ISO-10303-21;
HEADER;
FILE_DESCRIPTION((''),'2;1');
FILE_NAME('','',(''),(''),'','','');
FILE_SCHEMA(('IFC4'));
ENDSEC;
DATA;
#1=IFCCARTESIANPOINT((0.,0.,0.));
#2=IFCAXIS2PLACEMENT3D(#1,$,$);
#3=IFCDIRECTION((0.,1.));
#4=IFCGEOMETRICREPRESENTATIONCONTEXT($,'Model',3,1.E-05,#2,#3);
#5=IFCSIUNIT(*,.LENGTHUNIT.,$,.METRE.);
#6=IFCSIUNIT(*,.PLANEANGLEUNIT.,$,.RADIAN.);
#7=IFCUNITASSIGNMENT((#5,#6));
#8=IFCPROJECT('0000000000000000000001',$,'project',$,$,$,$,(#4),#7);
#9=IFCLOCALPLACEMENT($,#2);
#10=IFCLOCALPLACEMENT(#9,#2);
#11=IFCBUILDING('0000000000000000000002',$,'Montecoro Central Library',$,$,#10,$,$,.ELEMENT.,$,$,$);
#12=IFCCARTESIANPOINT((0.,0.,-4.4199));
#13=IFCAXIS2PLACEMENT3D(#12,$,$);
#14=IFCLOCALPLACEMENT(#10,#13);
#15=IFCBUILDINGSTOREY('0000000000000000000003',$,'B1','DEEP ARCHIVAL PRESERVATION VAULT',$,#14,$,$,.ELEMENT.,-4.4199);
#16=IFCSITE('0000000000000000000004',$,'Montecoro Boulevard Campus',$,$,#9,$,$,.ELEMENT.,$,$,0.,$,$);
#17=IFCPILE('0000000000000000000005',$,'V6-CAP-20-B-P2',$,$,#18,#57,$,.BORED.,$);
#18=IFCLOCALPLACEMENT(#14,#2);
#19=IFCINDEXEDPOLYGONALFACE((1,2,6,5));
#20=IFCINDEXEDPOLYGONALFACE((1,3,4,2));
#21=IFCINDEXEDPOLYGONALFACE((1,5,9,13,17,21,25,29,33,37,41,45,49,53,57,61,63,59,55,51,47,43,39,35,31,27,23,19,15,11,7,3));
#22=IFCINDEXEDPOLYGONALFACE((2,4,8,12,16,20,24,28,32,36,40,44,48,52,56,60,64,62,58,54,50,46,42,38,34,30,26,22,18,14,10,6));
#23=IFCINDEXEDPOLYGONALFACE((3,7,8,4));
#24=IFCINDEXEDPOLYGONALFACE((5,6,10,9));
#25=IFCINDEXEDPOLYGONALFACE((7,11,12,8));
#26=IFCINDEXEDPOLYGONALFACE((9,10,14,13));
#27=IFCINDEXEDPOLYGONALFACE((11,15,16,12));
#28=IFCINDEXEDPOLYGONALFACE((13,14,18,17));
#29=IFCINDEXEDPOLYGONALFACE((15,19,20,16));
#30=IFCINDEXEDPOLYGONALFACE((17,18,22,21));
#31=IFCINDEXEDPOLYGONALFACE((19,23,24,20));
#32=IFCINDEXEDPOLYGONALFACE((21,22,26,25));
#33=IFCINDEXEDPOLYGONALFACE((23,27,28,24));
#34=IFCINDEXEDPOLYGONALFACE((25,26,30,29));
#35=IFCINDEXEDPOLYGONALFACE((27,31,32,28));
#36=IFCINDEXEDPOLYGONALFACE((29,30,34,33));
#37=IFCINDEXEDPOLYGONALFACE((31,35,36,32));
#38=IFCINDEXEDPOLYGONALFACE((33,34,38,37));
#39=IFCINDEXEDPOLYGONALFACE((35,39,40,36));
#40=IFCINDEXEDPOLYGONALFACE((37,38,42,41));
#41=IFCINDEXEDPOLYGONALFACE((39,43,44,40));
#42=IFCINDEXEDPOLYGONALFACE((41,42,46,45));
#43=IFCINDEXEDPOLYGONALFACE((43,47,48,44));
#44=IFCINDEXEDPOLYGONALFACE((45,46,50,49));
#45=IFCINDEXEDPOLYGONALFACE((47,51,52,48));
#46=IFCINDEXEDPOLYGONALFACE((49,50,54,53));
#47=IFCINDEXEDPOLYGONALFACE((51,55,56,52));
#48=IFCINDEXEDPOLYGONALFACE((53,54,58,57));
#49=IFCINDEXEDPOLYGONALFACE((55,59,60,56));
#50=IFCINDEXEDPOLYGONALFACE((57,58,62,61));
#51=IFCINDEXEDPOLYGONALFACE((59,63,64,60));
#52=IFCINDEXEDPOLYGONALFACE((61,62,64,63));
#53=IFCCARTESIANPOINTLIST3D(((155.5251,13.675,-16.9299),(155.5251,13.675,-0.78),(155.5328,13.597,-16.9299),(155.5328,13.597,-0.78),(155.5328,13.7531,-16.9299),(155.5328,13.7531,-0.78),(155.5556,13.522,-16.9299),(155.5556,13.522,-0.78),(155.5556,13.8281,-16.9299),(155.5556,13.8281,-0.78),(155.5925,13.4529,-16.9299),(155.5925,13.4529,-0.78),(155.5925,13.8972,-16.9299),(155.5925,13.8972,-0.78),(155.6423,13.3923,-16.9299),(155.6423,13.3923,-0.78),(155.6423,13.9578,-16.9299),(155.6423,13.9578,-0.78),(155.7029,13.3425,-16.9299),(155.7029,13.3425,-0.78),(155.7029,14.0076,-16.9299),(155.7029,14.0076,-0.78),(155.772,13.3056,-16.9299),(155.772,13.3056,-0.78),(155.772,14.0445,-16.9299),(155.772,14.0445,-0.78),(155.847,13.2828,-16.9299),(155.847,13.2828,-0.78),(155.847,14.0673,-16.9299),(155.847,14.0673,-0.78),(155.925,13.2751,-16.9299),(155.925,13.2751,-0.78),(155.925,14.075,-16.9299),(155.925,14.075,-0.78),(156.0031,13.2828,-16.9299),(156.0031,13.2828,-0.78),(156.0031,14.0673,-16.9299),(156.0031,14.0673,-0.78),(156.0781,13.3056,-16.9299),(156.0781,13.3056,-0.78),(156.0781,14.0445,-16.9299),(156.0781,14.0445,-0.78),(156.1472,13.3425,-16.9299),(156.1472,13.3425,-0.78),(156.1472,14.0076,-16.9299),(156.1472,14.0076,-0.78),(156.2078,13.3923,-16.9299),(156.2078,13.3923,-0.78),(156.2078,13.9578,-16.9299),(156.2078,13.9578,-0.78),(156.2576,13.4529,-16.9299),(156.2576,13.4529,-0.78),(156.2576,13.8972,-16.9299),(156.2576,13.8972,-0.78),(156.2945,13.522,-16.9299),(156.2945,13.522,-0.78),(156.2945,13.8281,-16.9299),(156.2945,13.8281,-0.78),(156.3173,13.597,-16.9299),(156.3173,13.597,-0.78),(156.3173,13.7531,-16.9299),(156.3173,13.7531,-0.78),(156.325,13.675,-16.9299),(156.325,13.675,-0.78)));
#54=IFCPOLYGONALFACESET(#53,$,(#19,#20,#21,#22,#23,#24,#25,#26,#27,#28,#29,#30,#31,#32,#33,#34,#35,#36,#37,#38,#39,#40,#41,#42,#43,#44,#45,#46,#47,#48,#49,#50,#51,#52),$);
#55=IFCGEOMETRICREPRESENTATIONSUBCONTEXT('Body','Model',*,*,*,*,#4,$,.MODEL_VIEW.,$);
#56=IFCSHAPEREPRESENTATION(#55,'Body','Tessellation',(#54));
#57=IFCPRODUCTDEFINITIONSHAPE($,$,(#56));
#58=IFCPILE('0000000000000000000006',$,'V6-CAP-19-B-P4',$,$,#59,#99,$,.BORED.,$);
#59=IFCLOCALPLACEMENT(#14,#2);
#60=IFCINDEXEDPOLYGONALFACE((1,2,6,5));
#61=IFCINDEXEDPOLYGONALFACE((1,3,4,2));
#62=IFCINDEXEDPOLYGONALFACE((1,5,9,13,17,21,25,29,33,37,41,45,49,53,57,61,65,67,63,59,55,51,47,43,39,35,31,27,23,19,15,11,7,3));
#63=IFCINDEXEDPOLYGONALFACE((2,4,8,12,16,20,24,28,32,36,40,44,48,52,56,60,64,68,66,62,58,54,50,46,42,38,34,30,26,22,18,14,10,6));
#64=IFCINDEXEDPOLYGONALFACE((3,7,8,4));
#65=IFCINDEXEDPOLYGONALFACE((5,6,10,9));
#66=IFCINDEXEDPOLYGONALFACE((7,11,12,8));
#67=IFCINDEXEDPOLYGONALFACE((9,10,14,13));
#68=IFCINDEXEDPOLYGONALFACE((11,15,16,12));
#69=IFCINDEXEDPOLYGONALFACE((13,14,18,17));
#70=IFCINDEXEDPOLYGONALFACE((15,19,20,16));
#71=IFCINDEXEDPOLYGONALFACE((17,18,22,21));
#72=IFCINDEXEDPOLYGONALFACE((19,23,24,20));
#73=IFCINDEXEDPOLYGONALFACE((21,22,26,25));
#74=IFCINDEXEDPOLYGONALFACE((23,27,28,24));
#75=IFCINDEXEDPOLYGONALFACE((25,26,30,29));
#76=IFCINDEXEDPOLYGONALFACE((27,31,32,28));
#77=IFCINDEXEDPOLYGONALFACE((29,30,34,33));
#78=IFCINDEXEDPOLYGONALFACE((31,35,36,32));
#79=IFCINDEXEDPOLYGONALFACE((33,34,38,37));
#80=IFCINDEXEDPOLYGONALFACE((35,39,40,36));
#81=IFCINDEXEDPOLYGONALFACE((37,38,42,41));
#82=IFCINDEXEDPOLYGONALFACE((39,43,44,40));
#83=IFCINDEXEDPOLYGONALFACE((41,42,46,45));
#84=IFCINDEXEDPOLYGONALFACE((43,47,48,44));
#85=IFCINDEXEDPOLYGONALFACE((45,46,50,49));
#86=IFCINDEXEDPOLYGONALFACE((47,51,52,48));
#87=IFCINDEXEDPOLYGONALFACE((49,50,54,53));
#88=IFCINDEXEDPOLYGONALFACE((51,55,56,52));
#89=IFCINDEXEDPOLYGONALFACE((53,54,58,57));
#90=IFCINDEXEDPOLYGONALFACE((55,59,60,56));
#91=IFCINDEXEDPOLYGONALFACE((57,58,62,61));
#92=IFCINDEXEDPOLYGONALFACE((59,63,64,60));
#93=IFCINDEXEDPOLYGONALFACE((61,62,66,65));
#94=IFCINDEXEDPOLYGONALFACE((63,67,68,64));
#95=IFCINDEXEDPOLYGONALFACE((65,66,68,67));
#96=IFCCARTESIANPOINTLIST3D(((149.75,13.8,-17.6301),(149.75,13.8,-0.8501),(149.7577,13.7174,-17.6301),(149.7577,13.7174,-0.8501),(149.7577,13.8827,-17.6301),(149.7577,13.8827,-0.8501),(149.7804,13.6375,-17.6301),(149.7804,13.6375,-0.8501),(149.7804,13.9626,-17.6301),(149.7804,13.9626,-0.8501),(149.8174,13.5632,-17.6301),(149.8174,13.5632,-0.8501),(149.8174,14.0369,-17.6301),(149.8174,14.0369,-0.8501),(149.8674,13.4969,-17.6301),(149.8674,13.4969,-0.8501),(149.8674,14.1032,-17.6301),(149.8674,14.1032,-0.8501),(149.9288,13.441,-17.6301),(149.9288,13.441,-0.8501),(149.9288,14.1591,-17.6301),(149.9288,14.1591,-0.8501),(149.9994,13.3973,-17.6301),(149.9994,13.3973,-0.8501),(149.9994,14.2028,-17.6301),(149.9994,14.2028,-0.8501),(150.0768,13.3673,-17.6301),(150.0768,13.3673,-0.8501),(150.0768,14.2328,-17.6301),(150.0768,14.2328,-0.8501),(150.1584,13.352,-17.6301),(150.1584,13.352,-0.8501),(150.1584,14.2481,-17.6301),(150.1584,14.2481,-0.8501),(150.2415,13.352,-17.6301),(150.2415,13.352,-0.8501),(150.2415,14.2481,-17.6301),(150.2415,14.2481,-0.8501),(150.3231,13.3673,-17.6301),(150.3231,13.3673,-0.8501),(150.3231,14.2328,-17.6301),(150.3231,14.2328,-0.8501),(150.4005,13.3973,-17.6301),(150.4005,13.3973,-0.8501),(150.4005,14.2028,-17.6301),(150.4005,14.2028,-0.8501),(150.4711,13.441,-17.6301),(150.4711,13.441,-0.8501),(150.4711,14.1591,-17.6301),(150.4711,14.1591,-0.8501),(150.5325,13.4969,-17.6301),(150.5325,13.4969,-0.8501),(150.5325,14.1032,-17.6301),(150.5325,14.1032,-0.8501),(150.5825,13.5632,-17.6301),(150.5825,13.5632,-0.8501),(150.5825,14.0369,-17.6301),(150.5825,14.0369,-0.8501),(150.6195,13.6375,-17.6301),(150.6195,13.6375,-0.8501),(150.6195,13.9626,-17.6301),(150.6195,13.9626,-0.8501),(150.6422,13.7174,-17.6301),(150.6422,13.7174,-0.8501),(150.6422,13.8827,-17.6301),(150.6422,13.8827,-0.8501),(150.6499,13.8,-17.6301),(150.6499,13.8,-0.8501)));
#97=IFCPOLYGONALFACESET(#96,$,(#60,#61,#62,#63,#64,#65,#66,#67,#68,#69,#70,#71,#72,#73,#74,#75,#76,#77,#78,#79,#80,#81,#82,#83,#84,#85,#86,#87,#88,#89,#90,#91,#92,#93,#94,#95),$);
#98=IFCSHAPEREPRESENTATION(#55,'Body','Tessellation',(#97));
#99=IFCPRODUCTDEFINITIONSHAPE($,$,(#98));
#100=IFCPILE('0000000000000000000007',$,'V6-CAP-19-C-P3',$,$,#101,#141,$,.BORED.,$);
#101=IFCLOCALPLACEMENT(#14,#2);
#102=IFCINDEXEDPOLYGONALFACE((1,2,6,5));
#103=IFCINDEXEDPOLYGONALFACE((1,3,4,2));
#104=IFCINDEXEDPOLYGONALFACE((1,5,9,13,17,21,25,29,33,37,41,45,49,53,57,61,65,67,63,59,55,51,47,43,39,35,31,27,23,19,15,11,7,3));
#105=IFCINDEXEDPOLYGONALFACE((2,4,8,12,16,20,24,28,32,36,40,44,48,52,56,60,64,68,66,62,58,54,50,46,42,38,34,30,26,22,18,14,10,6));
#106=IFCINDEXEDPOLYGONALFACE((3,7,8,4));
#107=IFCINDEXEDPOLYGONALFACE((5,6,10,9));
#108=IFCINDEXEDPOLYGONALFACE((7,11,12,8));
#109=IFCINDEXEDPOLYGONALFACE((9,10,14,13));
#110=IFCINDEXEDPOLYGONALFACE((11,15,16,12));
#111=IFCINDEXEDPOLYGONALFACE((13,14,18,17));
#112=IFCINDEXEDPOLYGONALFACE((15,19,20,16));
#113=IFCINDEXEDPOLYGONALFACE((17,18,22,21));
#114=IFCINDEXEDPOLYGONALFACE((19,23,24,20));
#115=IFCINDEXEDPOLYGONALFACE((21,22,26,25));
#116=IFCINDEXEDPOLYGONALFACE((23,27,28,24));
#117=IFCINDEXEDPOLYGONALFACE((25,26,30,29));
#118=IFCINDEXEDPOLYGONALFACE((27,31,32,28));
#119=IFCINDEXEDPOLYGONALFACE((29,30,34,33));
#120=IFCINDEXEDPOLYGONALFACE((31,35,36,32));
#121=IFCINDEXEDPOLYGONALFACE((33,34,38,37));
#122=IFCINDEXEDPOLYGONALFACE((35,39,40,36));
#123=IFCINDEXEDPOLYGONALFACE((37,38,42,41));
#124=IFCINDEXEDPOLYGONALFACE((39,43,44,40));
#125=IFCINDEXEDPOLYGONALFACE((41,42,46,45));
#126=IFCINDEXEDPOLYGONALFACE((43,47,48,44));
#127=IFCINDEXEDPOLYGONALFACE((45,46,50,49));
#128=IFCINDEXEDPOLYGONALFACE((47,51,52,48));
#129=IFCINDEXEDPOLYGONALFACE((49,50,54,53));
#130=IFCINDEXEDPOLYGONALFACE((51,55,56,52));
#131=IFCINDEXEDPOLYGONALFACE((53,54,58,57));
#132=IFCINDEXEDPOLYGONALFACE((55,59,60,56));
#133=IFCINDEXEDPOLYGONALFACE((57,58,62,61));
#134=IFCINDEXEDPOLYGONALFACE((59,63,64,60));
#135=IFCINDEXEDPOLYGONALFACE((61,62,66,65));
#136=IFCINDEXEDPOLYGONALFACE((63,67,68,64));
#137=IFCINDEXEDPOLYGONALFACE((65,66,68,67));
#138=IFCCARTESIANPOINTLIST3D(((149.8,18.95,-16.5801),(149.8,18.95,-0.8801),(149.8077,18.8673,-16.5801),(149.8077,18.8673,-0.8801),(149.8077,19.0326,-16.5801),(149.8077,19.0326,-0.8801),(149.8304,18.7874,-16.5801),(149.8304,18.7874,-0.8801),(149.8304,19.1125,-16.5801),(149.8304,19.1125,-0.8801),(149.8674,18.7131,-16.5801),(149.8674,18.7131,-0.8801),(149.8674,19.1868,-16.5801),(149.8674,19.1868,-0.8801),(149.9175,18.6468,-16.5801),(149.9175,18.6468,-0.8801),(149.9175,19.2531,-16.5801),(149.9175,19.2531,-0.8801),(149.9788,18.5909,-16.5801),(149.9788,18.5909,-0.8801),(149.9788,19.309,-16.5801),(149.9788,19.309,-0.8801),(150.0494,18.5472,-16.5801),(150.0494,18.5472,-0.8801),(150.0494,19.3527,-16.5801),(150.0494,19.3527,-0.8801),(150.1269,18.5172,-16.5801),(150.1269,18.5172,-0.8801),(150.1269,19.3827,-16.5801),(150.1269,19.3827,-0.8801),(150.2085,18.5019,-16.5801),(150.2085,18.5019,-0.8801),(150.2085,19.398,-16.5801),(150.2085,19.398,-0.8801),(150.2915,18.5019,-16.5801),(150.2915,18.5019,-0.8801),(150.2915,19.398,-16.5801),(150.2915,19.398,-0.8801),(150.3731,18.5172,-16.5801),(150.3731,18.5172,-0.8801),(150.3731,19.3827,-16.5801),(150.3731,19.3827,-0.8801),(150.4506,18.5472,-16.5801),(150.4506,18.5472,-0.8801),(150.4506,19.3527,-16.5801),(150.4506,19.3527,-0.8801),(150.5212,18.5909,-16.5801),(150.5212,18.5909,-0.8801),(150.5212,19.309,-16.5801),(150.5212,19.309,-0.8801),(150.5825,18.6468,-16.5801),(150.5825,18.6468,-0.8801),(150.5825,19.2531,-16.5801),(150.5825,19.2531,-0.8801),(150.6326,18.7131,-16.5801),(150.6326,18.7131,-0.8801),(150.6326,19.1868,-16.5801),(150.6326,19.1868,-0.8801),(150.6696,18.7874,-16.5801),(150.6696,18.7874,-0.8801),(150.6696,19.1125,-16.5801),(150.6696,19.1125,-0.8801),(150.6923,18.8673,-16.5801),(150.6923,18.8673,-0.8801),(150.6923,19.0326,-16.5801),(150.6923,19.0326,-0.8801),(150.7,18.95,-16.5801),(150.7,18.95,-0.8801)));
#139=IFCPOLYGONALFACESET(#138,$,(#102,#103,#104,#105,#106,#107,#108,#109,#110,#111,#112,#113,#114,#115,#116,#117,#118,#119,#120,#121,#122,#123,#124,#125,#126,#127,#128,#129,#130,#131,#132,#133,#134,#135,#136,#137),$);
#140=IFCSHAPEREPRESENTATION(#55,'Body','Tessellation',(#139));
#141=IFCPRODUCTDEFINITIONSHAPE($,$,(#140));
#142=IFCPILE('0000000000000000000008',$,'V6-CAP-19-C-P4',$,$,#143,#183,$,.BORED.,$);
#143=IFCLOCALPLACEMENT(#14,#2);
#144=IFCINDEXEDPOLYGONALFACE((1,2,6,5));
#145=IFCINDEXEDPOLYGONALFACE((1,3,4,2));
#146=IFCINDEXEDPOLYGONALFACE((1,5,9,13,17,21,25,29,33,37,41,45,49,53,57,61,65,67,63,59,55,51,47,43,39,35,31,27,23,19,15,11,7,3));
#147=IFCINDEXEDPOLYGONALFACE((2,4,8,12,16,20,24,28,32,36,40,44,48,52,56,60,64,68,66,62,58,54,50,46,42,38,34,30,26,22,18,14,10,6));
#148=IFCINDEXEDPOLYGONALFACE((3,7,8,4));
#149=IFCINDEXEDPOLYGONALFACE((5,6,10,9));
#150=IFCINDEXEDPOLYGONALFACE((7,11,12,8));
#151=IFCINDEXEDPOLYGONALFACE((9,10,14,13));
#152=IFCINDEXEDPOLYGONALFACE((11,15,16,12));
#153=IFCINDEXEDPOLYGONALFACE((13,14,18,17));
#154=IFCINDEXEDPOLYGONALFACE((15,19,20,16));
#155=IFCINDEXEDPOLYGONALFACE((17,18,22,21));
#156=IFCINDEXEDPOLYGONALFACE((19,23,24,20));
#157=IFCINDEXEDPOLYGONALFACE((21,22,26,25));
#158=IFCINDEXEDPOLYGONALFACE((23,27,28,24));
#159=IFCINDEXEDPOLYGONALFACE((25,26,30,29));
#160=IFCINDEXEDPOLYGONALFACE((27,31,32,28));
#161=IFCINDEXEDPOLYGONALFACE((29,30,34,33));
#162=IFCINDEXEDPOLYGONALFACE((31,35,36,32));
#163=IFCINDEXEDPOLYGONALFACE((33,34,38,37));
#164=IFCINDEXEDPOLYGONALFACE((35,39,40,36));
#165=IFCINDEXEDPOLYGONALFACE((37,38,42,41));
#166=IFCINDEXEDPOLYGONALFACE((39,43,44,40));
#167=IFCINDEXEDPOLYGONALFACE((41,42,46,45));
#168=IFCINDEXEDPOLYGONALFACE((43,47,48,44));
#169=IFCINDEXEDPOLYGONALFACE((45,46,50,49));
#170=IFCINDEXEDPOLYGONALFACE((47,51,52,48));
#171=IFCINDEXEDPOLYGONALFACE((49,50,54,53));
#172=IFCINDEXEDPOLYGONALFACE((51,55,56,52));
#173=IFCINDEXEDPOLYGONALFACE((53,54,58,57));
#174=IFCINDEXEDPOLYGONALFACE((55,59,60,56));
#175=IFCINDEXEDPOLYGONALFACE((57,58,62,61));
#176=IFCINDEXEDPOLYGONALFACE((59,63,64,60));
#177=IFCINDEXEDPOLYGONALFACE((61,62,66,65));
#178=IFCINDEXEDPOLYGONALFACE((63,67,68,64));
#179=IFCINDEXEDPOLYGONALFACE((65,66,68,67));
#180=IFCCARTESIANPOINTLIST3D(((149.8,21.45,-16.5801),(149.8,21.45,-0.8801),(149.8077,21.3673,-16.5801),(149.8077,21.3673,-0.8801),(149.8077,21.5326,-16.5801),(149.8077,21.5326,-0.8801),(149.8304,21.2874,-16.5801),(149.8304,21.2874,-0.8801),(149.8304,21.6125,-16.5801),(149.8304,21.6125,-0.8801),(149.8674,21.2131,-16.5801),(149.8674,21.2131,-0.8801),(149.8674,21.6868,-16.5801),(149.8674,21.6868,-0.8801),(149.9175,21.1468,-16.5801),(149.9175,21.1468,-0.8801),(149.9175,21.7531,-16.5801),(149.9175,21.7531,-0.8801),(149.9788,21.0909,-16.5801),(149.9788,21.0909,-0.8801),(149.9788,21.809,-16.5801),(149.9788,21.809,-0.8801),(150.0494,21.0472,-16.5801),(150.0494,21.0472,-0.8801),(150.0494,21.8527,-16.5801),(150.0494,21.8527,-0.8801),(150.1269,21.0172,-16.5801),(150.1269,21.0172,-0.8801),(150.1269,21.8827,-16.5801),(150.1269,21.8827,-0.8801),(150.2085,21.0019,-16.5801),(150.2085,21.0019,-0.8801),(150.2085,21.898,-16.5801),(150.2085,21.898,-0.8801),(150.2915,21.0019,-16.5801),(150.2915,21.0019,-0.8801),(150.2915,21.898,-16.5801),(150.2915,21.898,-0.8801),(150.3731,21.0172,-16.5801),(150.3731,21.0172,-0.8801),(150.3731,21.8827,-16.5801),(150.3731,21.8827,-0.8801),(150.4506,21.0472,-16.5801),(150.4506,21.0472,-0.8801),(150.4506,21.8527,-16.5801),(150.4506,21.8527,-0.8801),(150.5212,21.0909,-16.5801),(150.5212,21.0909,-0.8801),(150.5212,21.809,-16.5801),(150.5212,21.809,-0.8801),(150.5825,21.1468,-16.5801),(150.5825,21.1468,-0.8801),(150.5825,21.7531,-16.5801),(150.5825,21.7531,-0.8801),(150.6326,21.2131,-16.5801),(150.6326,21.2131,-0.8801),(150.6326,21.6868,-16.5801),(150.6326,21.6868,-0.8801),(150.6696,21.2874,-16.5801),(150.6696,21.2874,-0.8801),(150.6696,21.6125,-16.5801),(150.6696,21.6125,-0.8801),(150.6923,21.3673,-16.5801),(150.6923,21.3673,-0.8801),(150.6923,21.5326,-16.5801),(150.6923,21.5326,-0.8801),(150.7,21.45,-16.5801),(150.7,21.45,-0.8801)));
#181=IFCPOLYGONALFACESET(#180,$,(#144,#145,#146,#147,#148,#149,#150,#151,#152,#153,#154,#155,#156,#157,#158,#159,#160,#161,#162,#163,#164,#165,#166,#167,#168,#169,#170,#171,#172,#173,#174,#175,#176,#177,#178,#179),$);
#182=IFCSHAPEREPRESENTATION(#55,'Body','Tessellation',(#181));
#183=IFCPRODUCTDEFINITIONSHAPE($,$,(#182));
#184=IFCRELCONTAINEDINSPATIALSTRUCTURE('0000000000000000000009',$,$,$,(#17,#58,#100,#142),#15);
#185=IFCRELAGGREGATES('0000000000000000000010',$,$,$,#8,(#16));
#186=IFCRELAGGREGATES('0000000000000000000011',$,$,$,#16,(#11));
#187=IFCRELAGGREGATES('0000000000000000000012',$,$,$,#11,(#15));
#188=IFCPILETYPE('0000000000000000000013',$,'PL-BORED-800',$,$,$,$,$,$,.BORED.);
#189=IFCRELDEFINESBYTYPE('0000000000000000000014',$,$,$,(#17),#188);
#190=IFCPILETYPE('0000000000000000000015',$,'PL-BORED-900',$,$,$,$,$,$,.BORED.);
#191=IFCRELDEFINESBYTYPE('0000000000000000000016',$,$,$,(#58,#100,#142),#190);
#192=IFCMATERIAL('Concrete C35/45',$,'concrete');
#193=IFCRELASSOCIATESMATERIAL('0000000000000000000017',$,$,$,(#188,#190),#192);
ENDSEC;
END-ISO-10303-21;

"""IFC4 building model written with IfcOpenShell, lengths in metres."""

from ifc_helpers import new_model, si_unit, direction, frame, origin, origin_2d, place, context, subcontext, project, spatial, circle, extrude, material, material_profile, profile_set, type_object, element, save


model = new_model("IFC4")

# Units and contexts
model_context = context("Model", 3, precision=1e-05, world=origin(), true_north=direction((0.0, 1.0)))
body_context = subcontext(model_context, "Body", "Model", "MODEL_VIEW")
ifc_project = project(units=[si_unit("LENGTHUNIT", "METRE"), si_unit("PLANEANGLEUNIT", "RADIAN")], contexts=[model_context])

# Site, building, storey
site_placement = place(None, origin())
site = spatial("IfcSite", under=ifc_project, at=site_placement, Name="Montecoro Boulevard Campus", CompositionType="ELEMENT", RefElevation=0.0)
building_placement = place(site_placement, origin())
building = spatial("IfcBuilding", under=site, at=building_placement, Name="Montecoro Central Library", CompositionType="ELEMENT")
storey_placement = place(building_placement, frame((0.0, 0.0, -4.4199)))
storey = spatial("IfcBuildingStorey", under=building, at=storey_placement, Name="B1", Description="DEEP ARCHIVAL PRESERVATION VAULT", CompositionType="ELEMENT", Elevation=-4.4199)

# Shared definitions
ifc_material_1 = material(Name="Concrete C35/45", Category="concrete")

# Piles
ifc_material_profile_1 = material_profile(ifc_material_1, circle(Radius=0.3999, at=origin_2d()), Name="PILE D800")
ifc_profile_set_1 = profile_set([ifc_material_profile_1], Name="Concrete C35/45")
pile_type_1 = type_object("IfcPileType", Name="PL-BORED-800", PredefinedType="BORED", material=ifc_profile_set_1)
pile_1_placement = place(storey_placement, frame((155.925, 13.675, -0.78), z_axis=(0.0, 0.0, -1.0), x_axis=(1.0, 0.0, 0.0)))
element("IfcPile", 1, at=pile_1_placement, inside=storey, type_object=pile_type_1, Name="V6-CAP-20-B-P2", PredefinedType="BORED", context=body_context, shape_type="SweptSolid", body=[
    extrude(circle(Radius=0.3999, at=origin_2d()), origin(), (0.0, 0.0, 1.0), 16.1499),
])
ifc_material_profile_2 = material_profile(ifc_material_1, circle(Radius=0.45, at=origin_2d()), Name="PILE D900")
ifc_profile_set_2 = profile_set([ifc_material_profile_2], Name="Concrete C35/45")
pile_type_2 = type_object("IfcPileType", Name="PL-BORED-900", PredefinedType="BORED", material=ifc_profile_set_2)
pile_2_placement = place(storey_placement, frame((150.2, 13.8, -0.8501), z_axis=(0.0, 0.0, -1.0), x_axis=(1.0, 0.0, 0.0)))
element("IfcPile", 2, at=pile_2_placement, inside=storey, type_object=pile_type_2, Name="V6-CAP-19-B-P4", PredefinedType="BORED", context=body_context, shape_type="SweptSolid", body=[
    extrude(circle(Radius=0.45, at=origin_2d()), origin(), (0.0, 0.0, 1.0), 16.78),
])
for number, where, z_axis, x_axis, name in (
    (3, (150.25, 18.95, -0.8801), (0.0, 0.0, -1.0), (1.0, 0.0, 0.0), "V6-CAP-19-C-P3"),
    (4, (150.25, 21.45, -0.8801), (0.0, 0.0, -1.0), (1.0, 0.0, 0.0), "V6-CAP-19-C-P4"),
):
    element("IfcPile", number, at=place(storey_placement, frame(where, z_axis=z_axis, x_axis=x_axis)), inside=storey, type_object=pile_type_2, Name=name, PredefinedType="BORED", context=body_context, shape_type="SweptSolid", body=[
        extrude(circle(Radius=0.45, at=origin_2d()), origin(), (0.0, 0.0, 1.0), 15.7),
    ])

save(model, "model.ifc")
